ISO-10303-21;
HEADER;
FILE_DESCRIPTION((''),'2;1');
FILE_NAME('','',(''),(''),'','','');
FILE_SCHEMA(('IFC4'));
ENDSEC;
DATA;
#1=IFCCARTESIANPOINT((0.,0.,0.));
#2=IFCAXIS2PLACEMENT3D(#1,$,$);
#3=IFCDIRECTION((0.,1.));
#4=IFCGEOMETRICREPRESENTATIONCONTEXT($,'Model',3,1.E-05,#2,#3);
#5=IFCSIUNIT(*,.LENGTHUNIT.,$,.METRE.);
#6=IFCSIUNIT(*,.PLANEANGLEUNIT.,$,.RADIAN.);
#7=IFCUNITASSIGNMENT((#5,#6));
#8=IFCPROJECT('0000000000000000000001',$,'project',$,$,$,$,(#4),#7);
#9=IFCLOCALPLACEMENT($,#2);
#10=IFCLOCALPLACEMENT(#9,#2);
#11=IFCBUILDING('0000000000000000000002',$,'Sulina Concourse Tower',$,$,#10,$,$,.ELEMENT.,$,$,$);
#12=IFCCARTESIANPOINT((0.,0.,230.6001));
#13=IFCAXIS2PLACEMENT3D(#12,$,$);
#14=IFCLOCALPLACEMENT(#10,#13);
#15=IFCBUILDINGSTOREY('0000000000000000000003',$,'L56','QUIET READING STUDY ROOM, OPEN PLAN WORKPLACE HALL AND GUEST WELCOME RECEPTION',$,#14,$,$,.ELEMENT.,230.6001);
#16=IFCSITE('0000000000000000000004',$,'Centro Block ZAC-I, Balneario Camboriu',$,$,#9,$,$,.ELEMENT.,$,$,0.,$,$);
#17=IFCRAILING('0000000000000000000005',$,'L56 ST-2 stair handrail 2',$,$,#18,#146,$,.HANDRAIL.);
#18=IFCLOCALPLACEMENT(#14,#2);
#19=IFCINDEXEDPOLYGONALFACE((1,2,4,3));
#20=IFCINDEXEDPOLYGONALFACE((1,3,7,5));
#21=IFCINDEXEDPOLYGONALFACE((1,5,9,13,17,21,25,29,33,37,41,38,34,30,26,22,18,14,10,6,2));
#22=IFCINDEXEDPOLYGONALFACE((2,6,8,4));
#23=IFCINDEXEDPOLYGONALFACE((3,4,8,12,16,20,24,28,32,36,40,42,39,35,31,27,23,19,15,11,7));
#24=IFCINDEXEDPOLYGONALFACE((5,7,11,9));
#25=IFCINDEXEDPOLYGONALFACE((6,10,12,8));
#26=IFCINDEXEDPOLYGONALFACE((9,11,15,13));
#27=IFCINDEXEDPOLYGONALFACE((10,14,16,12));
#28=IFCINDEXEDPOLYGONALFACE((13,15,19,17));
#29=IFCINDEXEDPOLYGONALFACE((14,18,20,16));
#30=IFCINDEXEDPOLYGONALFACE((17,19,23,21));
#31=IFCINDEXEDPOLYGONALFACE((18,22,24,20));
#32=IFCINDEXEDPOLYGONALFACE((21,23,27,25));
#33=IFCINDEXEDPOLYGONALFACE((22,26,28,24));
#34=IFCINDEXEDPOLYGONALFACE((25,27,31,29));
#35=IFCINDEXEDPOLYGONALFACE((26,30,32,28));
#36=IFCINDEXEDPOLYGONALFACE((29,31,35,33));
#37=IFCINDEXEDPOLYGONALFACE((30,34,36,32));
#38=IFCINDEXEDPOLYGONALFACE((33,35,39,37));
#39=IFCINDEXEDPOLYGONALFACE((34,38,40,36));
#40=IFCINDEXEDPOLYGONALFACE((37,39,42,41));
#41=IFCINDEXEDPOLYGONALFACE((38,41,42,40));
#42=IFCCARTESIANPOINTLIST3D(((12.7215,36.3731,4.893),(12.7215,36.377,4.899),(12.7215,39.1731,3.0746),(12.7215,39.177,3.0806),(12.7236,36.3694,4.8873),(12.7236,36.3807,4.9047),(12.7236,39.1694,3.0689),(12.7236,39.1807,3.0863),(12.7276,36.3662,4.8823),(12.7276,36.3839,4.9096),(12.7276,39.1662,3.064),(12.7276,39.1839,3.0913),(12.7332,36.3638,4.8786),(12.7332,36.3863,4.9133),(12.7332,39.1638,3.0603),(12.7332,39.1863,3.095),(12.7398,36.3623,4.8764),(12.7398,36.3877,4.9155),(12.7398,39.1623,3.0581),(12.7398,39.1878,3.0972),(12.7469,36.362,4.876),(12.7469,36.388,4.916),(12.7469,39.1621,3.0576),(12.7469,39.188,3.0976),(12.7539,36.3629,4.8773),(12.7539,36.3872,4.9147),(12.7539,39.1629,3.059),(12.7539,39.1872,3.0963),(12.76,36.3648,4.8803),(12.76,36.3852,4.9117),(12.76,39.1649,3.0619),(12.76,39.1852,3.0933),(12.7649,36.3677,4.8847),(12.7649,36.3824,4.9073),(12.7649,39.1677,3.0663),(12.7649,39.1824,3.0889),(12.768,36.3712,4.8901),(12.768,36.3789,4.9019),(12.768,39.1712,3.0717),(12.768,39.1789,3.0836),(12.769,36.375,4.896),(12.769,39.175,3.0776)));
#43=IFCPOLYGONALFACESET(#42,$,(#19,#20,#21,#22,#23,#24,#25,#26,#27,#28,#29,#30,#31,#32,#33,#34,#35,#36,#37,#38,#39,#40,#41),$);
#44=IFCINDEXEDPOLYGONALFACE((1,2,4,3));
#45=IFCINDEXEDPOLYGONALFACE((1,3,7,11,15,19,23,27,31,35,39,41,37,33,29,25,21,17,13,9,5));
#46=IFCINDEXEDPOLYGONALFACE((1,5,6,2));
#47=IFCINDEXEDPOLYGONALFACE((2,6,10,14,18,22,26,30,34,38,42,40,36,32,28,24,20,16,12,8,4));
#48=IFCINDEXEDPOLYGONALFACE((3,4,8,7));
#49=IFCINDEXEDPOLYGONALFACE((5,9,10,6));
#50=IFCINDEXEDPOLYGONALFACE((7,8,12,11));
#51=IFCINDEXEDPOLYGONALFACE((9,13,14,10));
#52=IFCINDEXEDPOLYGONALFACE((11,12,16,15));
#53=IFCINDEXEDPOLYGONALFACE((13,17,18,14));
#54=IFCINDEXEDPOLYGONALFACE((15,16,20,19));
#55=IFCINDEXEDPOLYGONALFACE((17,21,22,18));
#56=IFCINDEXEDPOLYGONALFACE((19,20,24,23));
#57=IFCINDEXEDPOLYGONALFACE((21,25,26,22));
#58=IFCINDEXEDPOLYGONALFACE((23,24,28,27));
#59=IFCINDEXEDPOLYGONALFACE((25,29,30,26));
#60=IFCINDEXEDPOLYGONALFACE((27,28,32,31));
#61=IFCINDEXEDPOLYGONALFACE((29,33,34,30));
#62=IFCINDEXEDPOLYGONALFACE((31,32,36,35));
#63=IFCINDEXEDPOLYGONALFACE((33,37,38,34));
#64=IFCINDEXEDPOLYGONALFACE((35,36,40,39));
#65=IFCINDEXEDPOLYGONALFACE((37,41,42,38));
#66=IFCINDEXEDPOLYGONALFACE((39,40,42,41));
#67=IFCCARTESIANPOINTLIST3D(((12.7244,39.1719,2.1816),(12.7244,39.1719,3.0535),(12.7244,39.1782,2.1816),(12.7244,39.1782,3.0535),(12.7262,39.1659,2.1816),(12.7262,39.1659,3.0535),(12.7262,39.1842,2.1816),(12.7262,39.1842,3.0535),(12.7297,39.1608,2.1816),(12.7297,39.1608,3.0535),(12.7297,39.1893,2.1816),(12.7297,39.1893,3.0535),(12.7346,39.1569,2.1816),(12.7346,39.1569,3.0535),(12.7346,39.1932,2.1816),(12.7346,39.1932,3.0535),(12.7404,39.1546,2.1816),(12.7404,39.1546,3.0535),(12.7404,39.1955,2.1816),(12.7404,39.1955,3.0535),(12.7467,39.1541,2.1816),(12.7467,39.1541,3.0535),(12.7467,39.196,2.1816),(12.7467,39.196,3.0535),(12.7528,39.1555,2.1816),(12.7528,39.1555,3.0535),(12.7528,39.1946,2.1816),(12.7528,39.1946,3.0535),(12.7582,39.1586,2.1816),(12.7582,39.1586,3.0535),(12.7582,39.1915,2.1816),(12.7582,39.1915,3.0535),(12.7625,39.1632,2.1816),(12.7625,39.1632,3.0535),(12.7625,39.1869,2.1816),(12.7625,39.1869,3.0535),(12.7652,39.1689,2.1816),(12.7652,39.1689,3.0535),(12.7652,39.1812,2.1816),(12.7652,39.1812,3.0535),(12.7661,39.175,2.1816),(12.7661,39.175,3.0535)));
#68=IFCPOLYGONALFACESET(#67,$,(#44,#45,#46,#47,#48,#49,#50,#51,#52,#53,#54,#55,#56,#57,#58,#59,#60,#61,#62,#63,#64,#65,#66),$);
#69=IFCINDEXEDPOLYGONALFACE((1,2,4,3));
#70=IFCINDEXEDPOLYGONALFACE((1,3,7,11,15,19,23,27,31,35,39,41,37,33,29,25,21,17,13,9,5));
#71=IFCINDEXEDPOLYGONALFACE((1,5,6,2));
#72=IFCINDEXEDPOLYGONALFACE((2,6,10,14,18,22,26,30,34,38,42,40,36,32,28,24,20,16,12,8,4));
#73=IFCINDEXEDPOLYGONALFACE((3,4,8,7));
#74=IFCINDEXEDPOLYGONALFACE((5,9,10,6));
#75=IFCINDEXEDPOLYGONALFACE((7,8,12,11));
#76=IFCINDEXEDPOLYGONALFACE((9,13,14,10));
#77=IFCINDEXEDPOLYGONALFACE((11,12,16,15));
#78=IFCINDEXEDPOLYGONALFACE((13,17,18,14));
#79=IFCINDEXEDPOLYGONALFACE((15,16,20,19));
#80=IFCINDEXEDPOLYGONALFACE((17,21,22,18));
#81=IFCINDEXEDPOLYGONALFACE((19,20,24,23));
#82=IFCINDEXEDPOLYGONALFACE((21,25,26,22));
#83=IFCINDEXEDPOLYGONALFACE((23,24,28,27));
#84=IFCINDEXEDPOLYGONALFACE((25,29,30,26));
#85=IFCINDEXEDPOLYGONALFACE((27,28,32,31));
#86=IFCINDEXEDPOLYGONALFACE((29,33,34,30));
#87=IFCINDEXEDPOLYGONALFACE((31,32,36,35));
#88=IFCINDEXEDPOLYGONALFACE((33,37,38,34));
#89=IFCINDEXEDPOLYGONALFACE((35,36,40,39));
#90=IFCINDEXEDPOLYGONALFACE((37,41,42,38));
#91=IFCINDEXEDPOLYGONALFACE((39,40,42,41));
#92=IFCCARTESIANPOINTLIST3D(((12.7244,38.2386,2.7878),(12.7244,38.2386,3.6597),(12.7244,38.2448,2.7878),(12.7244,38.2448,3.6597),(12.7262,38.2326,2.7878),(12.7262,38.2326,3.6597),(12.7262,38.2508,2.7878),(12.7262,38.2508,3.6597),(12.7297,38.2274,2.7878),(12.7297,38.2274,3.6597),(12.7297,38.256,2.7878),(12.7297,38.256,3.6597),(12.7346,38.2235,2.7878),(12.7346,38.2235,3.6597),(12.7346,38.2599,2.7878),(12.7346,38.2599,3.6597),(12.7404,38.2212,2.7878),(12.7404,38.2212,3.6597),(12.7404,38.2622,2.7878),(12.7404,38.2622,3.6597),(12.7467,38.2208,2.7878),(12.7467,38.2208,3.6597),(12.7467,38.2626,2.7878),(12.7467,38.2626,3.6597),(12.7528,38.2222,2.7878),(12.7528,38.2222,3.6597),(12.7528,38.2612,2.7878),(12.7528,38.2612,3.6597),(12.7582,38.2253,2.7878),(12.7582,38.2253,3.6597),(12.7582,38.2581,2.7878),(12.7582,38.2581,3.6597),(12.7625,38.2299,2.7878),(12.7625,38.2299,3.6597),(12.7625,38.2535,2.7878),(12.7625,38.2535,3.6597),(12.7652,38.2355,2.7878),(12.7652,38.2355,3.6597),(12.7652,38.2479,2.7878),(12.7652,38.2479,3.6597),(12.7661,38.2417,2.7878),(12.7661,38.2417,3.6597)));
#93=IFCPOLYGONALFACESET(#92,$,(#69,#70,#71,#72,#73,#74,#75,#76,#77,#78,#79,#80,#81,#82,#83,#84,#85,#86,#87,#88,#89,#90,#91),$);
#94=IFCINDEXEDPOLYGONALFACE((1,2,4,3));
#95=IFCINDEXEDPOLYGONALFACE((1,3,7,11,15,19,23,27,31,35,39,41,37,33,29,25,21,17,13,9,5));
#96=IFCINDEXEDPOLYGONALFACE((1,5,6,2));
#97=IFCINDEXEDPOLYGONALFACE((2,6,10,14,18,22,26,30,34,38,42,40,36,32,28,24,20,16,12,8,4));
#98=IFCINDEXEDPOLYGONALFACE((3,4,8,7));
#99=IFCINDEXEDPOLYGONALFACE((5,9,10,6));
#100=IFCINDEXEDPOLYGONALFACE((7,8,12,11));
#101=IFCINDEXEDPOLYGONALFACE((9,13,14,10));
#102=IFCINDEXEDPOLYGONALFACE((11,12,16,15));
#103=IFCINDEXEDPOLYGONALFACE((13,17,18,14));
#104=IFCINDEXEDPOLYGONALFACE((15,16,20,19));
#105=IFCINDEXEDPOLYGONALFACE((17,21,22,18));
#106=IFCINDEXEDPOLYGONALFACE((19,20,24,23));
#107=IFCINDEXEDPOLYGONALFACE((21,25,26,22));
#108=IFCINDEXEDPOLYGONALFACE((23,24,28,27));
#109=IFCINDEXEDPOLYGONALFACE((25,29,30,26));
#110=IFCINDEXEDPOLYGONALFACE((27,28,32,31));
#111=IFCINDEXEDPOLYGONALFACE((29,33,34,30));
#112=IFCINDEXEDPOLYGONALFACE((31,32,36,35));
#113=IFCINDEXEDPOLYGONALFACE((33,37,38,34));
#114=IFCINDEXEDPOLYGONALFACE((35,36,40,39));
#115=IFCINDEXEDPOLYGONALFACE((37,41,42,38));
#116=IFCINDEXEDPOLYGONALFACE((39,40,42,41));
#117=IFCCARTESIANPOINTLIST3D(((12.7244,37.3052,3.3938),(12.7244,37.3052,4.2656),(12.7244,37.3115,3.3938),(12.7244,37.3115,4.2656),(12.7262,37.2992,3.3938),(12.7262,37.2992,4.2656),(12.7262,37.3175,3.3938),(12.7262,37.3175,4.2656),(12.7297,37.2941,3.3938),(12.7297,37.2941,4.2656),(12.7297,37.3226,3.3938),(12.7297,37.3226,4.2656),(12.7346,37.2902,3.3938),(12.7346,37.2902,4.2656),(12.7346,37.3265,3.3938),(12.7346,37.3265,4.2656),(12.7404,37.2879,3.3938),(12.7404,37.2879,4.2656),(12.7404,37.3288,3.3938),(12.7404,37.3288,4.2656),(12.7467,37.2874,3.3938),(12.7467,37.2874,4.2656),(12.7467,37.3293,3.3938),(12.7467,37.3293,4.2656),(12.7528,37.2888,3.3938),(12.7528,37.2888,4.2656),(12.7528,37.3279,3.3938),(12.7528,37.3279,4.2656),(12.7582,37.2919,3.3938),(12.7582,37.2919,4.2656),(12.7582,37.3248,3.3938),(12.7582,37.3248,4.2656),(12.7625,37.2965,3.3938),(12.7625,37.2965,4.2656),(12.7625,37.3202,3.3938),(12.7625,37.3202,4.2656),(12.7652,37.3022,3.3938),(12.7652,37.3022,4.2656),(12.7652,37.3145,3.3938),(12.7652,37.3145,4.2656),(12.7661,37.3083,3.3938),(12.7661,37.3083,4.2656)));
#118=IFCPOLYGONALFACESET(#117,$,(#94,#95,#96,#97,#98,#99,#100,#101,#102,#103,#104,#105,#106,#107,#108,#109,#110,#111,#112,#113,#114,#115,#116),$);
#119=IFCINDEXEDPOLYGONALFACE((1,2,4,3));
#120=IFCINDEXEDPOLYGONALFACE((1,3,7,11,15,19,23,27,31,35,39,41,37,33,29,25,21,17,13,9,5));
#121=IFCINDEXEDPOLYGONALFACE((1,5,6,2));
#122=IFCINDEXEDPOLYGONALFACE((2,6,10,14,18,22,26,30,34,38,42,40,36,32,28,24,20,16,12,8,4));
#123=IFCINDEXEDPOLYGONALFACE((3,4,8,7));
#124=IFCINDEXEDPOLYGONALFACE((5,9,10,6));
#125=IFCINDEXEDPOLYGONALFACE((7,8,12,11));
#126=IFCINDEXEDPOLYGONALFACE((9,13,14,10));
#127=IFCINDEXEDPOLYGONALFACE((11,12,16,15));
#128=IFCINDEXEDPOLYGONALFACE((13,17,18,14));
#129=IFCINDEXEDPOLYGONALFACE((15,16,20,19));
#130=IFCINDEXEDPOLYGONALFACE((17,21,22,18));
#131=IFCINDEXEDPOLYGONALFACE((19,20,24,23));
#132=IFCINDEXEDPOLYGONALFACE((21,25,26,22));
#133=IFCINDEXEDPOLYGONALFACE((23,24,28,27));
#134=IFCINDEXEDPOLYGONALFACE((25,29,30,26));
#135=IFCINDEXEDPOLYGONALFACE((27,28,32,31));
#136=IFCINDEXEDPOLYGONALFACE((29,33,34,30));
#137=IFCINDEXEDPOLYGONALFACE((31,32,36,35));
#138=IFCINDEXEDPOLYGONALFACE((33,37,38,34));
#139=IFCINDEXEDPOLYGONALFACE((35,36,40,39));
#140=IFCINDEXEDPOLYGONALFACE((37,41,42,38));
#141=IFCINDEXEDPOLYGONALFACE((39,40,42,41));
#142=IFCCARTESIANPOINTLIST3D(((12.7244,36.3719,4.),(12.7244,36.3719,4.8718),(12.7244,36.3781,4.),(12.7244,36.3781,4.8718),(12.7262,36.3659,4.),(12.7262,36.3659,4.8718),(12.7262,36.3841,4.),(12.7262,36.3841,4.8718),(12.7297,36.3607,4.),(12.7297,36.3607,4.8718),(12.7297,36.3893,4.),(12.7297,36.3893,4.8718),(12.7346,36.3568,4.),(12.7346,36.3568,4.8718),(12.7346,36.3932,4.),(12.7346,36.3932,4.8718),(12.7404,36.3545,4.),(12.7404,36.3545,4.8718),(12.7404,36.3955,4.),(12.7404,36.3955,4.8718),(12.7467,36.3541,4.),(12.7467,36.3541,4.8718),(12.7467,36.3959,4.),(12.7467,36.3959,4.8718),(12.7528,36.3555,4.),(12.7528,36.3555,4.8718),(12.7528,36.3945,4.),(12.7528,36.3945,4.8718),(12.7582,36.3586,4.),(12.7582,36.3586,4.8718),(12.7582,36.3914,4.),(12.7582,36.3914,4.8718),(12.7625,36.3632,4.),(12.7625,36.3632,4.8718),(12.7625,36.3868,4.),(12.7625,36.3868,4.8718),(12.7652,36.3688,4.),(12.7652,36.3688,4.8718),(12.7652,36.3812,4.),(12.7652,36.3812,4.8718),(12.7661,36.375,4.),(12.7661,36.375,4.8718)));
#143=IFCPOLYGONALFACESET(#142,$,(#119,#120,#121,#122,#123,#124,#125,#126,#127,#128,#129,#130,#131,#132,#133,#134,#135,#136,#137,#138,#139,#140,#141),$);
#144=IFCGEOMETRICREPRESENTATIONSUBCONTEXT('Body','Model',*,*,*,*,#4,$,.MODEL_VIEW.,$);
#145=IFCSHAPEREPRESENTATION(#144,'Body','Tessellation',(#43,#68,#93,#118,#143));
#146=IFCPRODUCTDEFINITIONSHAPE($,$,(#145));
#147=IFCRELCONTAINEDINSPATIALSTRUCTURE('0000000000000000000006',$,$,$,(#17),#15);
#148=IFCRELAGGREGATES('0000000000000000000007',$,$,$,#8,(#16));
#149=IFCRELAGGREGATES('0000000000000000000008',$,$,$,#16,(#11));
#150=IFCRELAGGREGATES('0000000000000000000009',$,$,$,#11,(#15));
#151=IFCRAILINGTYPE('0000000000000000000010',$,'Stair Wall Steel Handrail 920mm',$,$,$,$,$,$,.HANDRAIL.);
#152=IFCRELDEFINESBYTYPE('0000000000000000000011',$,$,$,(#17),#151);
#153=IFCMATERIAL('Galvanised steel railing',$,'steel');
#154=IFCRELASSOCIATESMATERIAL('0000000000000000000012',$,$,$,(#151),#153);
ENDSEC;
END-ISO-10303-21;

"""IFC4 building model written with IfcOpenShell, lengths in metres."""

from ifc_helpers import new_model, si_unit, direction, frame, origin, origin_2d, place, context, subcontext, project, spatial, circle, extrude, material, type_object, element, save


model = new_model("IFC4")

# Units and contexts
model_context = context("Model", 3, precision=1e-05, world=origin(), true_north=direction((0.0, 1.0)))
body_context = subcontext(model_context, "Body", "Model", "MODEL_VIEW")
ifc_project = project(units=[si_unit("LENGTHUNIT", "METRE"), si_unit("PLANEANGLEUNIT", "RADIAN")], contexts=[model_context])

# Site, building, storey
site_placement = place(None, origin())
site = spatial("IfcSite", under=ifc_project, at=site_placement, Name="Centro Block ZAC-I, Balneario Camboriu", CompositionType="ELEMENT", RefElevation=0.0)
building_placement = place(site_placement, origin())
building = spatial("IfcBuilding", under=site, at=building_placement, Name="Sulina Concourse Tower", CompositionType="ELEMENT")
storey_placement = place(building_placement, frame((0.0, 0.0, 230.6001)))
storey = spatial("IfcBuildingStorey", under=building, at=storey_placement, Name="L56", Description="QUIET READING STUDY ROOM, OPEN PLAN WORKPLACE HALL AND GUEST WELCOME RECEPTION", CompositionType="ELEMENT", Elevation=230.6001)

# Railing
ifc_material_1 = material(Name="Galvanised steel railing", Category="steel")
railing_type_1 = type_object("IfcRailingType", Name="Stair Wall Steel Handrail 920mm", PredefinedType="HANDRAIL", material=ifc_material_1)
railing_1_placement = place(storey_placement, frame((12.7451, 39.175, 2.1816)))
element("IfcRailing", 1, at=railing_1_placement, inside=storey, type_object=railing_type_1, Name="L56 ST-2 stair handrail 2", PredefinedType="HANDRAIL", context=body_context, shape_type="SweptSolid", body=[
    extrude(circle(Radius=0.0239, at=origin_2d()), frame((0.0, 0.0, 0.896), z_axis=(0.0, -0.838672, 0.544636), x_axis=(1.0, 0.0, 0.0)), (0.0, 0.0, 1.0), 3.3386),
    extrude(circle(Radius=0.021, at=origin_2d()), origin(), (0.0, 0.0, 1.0), 0.8718),
    extrude(circle(Radius=0.021, at=origin_2d()), frame((0.0, -0.9333, 0.6062)), (0.0, 0.0, 1.0), 0.8718),
    extrude(circle(Radius=0.021, at=origin_2d()), frame((0.0, -1.8667, 1.2122)), (0.0, 0.0, 1.0), 0.8718),
    extrude(circle(Radius=0.021, at=origin_2d()), frame((0.0, -2.8, 1.8184)), (0.0, 0.0, 1.0), 0.8718),
])

save(model, "model.ifc")
